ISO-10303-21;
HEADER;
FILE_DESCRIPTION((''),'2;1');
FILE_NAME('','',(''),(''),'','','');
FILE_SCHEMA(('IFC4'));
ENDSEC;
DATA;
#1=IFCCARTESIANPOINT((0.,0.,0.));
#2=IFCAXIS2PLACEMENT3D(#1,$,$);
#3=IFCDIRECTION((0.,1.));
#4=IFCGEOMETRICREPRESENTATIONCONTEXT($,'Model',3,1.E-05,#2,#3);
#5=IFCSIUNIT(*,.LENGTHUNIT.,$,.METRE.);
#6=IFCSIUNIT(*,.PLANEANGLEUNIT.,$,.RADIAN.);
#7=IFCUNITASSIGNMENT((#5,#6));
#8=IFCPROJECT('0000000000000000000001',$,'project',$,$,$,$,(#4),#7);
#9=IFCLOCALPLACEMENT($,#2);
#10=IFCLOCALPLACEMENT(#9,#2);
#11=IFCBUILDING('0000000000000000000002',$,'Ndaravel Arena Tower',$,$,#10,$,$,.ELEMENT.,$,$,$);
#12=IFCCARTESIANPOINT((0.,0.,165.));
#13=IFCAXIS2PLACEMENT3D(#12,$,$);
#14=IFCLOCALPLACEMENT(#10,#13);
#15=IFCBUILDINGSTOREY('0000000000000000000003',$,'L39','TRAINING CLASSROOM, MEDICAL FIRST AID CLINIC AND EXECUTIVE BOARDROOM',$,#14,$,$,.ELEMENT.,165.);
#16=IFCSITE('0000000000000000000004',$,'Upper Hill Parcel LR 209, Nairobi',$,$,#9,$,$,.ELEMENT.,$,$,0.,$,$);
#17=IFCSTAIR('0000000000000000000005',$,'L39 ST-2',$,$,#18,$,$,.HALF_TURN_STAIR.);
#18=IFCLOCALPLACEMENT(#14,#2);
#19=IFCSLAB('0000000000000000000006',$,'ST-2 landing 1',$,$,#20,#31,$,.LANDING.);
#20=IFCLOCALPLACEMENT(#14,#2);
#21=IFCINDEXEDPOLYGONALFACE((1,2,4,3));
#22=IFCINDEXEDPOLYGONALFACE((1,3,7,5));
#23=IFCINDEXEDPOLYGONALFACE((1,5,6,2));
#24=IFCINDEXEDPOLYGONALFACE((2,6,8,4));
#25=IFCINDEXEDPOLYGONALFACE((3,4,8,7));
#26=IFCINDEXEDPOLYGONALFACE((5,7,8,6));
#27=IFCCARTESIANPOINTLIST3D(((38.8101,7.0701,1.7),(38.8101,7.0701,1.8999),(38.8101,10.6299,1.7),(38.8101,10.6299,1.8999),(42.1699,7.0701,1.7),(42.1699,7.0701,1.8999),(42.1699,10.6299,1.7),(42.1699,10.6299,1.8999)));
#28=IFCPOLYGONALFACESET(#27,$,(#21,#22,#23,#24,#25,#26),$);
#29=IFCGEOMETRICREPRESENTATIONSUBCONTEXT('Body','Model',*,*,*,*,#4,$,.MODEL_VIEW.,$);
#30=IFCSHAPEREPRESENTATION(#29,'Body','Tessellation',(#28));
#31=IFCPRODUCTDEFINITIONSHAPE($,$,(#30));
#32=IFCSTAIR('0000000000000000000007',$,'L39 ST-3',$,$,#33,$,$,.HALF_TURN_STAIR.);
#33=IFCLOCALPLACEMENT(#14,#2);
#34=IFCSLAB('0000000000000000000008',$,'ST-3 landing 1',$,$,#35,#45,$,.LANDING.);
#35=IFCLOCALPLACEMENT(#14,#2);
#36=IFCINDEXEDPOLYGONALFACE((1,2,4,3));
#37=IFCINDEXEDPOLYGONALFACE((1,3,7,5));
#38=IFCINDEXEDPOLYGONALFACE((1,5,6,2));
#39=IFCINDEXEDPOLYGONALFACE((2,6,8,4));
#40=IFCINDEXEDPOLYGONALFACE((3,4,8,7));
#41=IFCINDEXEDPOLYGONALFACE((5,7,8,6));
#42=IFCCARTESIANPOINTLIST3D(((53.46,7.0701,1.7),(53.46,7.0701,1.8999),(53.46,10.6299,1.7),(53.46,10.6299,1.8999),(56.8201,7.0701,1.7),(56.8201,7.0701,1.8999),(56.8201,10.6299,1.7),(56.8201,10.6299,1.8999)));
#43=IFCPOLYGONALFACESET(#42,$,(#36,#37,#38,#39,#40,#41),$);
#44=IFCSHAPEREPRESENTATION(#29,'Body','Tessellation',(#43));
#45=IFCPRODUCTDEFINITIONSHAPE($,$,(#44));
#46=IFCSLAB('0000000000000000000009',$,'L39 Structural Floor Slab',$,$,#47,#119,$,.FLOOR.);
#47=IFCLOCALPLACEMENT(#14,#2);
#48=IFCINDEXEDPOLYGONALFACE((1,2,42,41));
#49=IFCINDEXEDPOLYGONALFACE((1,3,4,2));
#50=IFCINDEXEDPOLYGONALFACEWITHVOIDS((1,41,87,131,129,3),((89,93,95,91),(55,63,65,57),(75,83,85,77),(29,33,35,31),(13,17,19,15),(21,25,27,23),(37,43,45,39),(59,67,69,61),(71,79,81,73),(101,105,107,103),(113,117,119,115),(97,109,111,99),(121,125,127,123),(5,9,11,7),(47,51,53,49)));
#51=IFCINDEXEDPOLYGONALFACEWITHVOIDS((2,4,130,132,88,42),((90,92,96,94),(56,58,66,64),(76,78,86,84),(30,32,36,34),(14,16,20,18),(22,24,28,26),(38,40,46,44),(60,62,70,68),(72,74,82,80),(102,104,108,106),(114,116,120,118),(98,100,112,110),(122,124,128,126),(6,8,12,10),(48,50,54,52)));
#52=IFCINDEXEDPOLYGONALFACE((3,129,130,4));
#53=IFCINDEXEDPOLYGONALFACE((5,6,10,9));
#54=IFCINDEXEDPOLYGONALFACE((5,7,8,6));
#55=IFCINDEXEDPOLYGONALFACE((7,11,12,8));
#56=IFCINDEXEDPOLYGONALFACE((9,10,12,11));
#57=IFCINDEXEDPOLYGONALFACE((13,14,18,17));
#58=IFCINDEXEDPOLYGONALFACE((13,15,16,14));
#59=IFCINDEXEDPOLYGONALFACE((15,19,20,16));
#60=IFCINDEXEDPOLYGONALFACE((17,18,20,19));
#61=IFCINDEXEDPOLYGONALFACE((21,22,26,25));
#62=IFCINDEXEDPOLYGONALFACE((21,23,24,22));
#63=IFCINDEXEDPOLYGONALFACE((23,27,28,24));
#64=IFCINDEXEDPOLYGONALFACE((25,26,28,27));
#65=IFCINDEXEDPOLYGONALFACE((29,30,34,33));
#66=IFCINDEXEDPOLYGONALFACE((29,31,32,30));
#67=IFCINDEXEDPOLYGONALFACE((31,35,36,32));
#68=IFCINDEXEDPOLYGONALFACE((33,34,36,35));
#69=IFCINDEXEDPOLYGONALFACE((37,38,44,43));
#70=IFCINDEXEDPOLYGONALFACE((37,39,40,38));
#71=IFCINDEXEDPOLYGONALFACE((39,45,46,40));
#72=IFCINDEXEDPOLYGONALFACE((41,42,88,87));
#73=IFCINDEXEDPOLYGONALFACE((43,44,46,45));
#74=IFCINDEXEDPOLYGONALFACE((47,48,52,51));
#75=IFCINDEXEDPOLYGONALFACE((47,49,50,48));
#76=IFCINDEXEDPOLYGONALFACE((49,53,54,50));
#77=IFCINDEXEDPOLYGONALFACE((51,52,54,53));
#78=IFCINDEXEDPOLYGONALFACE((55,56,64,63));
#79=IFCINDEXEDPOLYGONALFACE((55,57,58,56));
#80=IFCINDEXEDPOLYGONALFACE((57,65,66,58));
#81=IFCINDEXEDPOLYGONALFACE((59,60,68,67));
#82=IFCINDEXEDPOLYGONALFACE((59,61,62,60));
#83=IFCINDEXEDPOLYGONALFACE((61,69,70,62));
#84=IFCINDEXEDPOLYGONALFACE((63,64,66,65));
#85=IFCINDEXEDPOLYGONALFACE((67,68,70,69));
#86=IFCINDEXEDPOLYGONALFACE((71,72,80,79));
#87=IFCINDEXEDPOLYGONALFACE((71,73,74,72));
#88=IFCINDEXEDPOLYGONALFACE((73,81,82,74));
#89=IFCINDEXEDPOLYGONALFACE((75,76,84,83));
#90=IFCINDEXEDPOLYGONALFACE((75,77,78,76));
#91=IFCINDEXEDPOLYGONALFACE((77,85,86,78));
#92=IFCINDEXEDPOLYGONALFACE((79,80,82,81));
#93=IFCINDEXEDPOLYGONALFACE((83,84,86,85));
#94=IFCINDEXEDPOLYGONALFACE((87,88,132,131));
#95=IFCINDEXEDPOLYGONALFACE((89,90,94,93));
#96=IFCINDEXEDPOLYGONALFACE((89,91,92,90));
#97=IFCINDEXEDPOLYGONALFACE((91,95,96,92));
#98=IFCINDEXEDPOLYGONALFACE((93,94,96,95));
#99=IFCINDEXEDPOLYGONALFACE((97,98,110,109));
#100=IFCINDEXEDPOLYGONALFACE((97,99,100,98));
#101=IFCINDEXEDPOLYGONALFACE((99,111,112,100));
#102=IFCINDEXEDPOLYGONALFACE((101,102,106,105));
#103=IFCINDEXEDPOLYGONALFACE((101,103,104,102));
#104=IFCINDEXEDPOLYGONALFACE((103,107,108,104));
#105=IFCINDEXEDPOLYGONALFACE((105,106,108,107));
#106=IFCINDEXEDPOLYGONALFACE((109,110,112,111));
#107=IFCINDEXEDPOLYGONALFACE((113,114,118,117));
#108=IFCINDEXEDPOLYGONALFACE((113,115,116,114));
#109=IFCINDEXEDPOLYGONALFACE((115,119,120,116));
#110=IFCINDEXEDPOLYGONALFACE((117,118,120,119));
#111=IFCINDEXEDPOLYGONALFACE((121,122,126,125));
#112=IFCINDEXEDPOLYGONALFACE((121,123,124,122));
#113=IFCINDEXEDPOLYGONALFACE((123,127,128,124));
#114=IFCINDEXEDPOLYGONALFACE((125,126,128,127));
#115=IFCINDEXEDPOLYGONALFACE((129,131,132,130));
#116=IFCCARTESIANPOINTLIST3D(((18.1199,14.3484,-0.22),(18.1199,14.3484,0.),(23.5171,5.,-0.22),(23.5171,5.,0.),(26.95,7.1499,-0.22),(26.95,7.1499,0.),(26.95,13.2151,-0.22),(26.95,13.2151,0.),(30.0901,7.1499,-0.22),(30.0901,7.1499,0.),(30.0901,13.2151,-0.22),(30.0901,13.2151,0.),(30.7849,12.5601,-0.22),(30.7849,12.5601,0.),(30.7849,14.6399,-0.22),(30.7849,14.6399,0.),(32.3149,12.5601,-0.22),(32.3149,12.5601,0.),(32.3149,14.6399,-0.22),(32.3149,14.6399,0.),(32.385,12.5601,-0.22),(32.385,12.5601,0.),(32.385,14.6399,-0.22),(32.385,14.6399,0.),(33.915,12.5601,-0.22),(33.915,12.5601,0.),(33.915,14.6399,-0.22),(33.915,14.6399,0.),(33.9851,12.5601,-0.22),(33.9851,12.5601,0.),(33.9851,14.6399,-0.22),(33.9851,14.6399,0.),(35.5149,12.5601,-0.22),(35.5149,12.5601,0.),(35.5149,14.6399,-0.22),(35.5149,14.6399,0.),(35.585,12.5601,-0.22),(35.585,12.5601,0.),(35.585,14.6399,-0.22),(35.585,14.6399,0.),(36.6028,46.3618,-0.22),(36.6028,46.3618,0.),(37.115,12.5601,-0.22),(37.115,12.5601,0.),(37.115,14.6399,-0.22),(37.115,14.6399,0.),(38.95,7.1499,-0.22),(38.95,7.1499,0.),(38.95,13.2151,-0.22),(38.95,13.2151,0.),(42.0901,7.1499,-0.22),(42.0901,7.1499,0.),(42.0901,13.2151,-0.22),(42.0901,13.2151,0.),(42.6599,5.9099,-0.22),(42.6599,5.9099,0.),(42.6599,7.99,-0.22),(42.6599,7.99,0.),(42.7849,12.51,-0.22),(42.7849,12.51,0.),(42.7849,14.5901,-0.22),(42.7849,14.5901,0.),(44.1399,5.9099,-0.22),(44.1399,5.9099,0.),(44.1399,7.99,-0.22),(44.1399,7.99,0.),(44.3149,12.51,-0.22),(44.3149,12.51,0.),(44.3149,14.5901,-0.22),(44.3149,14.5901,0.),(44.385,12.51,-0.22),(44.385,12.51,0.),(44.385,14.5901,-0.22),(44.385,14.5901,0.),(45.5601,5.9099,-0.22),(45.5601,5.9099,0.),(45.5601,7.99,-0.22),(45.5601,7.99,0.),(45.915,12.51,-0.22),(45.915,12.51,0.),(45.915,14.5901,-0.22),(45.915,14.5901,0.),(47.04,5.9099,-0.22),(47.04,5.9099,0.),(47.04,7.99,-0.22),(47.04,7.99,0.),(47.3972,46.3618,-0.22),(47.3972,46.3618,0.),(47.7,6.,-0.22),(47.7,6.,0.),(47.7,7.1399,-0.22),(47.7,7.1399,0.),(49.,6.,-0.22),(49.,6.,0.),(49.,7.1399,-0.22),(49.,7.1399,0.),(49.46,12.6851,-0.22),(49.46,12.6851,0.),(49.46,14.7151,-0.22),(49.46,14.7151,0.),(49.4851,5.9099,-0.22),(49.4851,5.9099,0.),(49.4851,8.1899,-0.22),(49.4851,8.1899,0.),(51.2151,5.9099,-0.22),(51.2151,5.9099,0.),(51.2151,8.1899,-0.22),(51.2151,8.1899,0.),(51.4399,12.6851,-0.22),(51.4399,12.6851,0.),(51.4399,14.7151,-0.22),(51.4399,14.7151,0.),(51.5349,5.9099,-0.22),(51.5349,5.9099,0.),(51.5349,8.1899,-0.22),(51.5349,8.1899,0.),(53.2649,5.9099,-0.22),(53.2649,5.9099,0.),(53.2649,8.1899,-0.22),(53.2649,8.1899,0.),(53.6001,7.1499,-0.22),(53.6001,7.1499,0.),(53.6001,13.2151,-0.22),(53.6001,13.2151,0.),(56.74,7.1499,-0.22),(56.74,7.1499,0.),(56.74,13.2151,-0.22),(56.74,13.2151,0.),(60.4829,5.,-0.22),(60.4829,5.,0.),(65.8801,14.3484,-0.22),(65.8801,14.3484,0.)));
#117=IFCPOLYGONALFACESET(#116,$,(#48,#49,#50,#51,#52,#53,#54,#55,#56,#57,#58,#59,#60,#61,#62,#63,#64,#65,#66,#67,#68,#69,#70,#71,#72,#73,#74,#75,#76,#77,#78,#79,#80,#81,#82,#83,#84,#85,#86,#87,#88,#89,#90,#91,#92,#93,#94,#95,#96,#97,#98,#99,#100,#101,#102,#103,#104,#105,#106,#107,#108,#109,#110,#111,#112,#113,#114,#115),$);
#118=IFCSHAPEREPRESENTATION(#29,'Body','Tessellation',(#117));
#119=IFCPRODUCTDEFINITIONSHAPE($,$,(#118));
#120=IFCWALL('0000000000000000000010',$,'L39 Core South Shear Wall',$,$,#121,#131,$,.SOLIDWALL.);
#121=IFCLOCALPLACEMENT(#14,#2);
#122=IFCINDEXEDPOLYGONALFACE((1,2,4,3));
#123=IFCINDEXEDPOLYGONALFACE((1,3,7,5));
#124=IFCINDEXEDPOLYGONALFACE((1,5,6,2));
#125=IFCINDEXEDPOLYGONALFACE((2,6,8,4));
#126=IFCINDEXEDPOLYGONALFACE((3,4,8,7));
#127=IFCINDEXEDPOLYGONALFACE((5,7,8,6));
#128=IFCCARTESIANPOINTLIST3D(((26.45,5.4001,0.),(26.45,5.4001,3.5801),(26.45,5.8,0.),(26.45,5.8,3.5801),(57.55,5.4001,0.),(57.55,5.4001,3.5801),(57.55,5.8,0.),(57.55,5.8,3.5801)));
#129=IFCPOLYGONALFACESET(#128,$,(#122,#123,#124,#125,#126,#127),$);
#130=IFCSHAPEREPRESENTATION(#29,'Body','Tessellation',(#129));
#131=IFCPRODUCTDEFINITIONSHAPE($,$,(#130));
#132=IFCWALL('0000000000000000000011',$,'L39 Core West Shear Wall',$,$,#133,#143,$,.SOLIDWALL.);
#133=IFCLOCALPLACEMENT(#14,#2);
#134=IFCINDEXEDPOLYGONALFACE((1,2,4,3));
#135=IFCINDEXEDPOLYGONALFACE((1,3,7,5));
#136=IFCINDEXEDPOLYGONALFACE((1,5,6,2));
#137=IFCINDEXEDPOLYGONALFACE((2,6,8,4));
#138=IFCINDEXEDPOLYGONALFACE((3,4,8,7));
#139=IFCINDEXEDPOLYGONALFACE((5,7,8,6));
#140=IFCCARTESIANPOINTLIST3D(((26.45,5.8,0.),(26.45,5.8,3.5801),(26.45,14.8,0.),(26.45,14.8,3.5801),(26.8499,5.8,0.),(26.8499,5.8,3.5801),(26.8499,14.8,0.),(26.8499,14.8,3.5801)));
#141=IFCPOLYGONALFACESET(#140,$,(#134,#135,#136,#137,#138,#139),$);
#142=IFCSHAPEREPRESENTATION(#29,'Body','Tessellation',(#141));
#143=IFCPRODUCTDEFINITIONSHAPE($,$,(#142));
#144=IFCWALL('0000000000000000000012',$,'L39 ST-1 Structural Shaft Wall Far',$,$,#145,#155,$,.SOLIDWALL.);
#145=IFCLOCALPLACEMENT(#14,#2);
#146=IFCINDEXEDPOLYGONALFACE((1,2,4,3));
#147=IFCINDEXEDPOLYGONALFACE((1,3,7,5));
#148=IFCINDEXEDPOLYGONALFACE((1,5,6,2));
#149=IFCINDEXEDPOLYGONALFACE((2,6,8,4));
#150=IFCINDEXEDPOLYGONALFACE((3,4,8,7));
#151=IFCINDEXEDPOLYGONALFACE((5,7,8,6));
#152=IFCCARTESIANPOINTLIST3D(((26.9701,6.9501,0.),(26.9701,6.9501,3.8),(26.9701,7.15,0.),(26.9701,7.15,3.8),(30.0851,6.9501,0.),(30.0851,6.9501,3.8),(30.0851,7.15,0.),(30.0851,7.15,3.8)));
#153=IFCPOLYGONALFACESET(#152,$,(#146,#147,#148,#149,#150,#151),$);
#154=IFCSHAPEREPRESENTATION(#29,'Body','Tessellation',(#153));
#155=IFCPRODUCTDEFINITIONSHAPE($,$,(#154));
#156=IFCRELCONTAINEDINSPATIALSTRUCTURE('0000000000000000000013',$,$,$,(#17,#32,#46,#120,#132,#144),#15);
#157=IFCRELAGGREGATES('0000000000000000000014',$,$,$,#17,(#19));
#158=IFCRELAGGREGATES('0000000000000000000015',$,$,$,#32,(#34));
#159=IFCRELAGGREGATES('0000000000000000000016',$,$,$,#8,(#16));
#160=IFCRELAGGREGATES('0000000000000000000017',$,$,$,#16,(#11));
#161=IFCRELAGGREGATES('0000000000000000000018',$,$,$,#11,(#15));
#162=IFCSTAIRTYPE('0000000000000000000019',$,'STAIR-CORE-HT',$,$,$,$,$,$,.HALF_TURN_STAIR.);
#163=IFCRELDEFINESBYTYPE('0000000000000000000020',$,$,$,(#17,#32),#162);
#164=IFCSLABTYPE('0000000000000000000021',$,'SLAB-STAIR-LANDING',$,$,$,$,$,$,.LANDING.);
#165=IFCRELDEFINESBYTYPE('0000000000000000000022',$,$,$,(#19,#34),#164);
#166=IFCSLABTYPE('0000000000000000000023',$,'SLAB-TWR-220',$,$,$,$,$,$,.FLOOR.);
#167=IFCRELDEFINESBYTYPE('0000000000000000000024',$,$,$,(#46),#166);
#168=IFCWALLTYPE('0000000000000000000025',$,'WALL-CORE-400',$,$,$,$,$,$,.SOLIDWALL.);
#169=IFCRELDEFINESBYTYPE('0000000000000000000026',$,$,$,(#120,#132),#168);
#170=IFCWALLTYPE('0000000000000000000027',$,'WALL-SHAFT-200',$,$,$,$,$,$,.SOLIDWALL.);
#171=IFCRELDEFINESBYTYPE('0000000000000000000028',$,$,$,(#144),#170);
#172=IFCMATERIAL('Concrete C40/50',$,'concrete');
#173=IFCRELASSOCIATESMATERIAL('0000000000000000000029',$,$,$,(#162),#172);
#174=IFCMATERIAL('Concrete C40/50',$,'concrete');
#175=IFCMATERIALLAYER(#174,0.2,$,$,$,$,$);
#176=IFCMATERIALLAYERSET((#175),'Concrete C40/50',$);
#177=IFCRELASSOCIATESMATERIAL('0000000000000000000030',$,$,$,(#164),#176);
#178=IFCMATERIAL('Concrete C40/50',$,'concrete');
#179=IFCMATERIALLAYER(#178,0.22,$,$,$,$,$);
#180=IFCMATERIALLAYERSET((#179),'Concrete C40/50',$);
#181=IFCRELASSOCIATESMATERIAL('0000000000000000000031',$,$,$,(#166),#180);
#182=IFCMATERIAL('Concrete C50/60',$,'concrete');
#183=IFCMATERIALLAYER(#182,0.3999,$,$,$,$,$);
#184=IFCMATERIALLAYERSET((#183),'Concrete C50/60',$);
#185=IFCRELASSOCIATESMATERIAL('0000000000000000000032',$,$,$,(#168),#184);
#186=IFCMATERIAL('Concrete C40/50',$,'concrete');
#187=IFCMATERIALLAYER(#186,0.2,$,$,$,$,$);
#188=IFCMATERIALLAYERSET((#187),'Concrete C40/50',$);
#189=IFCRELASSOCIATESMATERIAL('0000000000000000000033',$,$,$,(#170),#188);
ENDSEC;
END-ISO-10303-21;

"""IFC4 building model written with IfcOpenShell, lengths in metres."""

from ifc_helpers import new_model, si_unit, direction, frame, frame_2d, origin, place, context, subcontext, project, spatial, polyline, rectangle, outline, extrude, material, layer, layer_set, type_object, element, aggregate, save


model = new_model("IFC4")

# Units and contexts
model_context = context("Model", 3, precision=1e-05, world=origin(), true_north=direction((0.0, 1.0)))
body_context = subcontext(model_context, "Body", "Model", "MODEL_VIEW")
ifc_project = project(units=[si_unit("LENGTHUNIT", "METRE"), si_unit("PLANEANGLEUNIT", "RADIAN")], contexts=[model_context])

# Site, building, storey
site_placement = place(None, origin())
site = spatial("IfcSite", under=ifc_project, at=site_placement, Name="Upper Hill Parcel LR 209, Nairobi", CompositionType="ELEMENT", RefElevation=0.0)
building_placement = place(site_placement, origin())
building = spatial("IfcBuilding", under=site, at=building_placement, Name="Ndaravel Arena Tower", CompositionType="ELEMENT")
storey_placement = place(building_placement, frame((0.0, 0.0, 165.0)))
storey = spatial("IfcBuildingStorey", under=building, at=storey_placement, Name="L39", Description="TRAINING CLASSROOM, MEDICAL FIRST AID CLINIC AND EXECUTIVE BOARDROOM", CompositionType="ELEMENT", Elevation=165.0)

# Stairs, slabs
ifc_material_1 = material(Name="Concrete C40/50", Category="concrete")
stair_type = type_object("IfcStairType", Name="STAIR-CORE-HT", PredefinedType="HALF_TURN_STAIR", material=ifc_material_1)
ifc_material_2 = material(Name="Concrete C40/50", Category="concrete")
ifc_layer_1 = layer(ifc_material_2, 0.2)
ifc_layer_set_1 = layer_set([ifc_layer_1], Name="Concrete C40/50")
slab_type_1 = type_object("IfcSlabType", Name="SLAB-STAIR-LANDING", PredefinedType="LANDING", material=ifc_layer_set_1)
stair_1_placement = place(storey_placement, origin())
stair_1 = element("IfcStair", 1, at=stair_1_placement, inside=storey, type_object=stair_type, Name="L39 ST-2", PredefinedType="HALF_TURN_STAIR")
slab_1_placement = place(storey_placement, frame((0.0, 0.0, 1.7)))
slab_1 = element("IfcSlab", 2, at=slab_1_placement, type_object=slab_type_1, Name="ST-2 landing 1", PredefinedType="LANDING", context=body_context, shape_type="SweptSolid", body=[
    extrude(outline(polyline([(38.8101, 10.6299), (38.8101, 7.0701), (42.1699, 7.0701), (42.1699, 10.6299), (38.8101, 10.6299)])), origin(), (0.0, 0.0, 1.0), 0.2),
])
aggregate(stair_1, [slab_1])
stair_2_placement = place(storey_placement, origin())
stair_2 = element("IfcStair", 3, at=stair_2_placement, inside=storey, type_object=stair_type, Name="L39 ST-3", PredefinedType="HALF_TURN_STAIR")
slab_2_placement = place(storey_placement, frame((0.0, 0.0, 1.7)))
slab_2 = element("IfcSlab", 4, at=slab_2_placement, type_object=slab_type_1, Name="ST-3 landing 1", PredefinedType="LANDING", context=body_context, shape_type="SweptSolid", body=[
    extrude(outline(polyline([(53.46, 10.6299), (53.46, 7.0701), (56.8201, 7.0701), (56.8201, 10.6299), (53.46, 10.6299)])), origin(), (0.0, 0.0, 1.0), 0.2),
])
aggregate(stair_2, [slab_2])

# Slab
ifc_material_3 = material(Name="Concrete C40/50", Category="concrete")
ifc_layer_2 = layer(ifc_material_3, 0.22)
ifc_layer_set_2 = layer_set([ifc_layer_2], Name="Concrete C40/50")
slab_type_2 = type_object("IfcSlabType", Name="SLAB-TWR-220", PredefinedType="FLOOR", material=ifc_layer_set_2)
slab_3_placement = place(storey_placement, frame((0.0, 0.0, -0.22)))
element("IfcSlab", 5, at=slab_3_placement, inside=storey, type_object=slab_type_2, Name="L39 Structural Floor Slab", PredefinedType="FLOOR", context=body_context, shape_type="SweptSolid", body=[
    extrude(outline(polyline([(18.1199, 14.3484), (23.5171, 5.0), (60.4829, 5.0), (65.8801, 14.3484), (47.3972, 46.3618), (36.6028, 46.3618), (18.1199, 14.3484)]), holes=[polyline([(26.95, 13.2151), (26.95, 7.1499), (30.0901, 7.1499), (30.0901, 13.2151), (26.95, 13.2151)]), polyline([(38.95, 13.2151), (38.95, 7.1499), (42.0901, 7.1499), (42.0901, 13.2151), (38.95, 13.2151)]), polyline([(53.6001, 13.2151), (53.6001, 7.1499), (56.74, 7.1499), (56.74, 13.2151), (53.6001, 13.2151)]), polyline([(30.7849, 12.5601), (32.3149, 12.5601), (32.3149, 14.6399), (30.7849, 14.6399), (30.7849, 12.5601)]), polyline([(32.385, 12.5601), (33.915, 12.5601), (33.915, 14.6399), (32.385, 14.6399), (32.385, 12.5601)]), polyline([(33.9851, 12.5601), (35.5149, 12.5601), (35.5149, 14.6399), (33.9851, 14.6399), (33.9851, 12.5601)]), polyline([(35.585, 12.5601), (37.115, 12.5601), (37.115, 14.6399), (35.585, 14.6399), (35.585, 12.5601)]), polyline([(42.6599, 5.9099), (44.1399, 5.9099), (44.1399, 7.99), (42.6599, 7.99), (42.6599, 5.9099)]), polyline([(45.5601, 5.9099), (47.04, 5.9099), (47.04, 7.99), (45.5601, 7.99), (45.5601, 5.9099)]), polyline([(42.7849, 12.51), (44.3149, 12.51), (44.3149, 14.5901), (42.7849, 14.5901), (42.7849, 12.51)]), polyline([(44.385, 12.51), (45.915, 12.51), (45.915, 14.5901), (44.385, 14.5901), (44.385, 12.51)]), polyline([(49.4851, 5.9099), (51.2151, 5.9099), (51.2151, 8.1899), (49.4851, 8.1899), (49.4851, 5.9099)]), polyline([(51.5349, 5.9099), (53.2649, 5.9099), (53.2649, 8.1899), (51.5349, 8.1899), (51.5349, 5.9099)]), polyline([(49.46, 12.6851), (51.4399, 12.6851), (51.4399, 14.7151), (49.46, 14.7151), (49.46, 12.6851)]), polyline([(47.7, 6.0), (49.0, 6.0), (49.0, 7.1399), (47.7, 7.1399), (47.7, 6.0)])]), origin(), (0.0, 0.0, 1.0), 0.22),
])

# Walls
ifc_material_4 = material(Name="Concrete C50/60", Category="concrete")
ifc_layer_3 = layer(ifc_material_4, 0.3999)
ifc_layer_set_3 = layer_set([ifc_layer_3], Name="Concrete C50/60")
wall_type_1 = type_object("IfcWallType", Name="WALL-CORE-400", PredefinedType="SOLIDWALL", material=ifc_layer_set_3)
wall_1_placement = place(storey_placement, frame((26.45, 5.6001, 0.0), z_axis=(0.0, 0.0, 1.0), x_axis=(1.0, 0.0, 0.0)))
element("IfcWall", 6, at=wall_1_placement, inside=storey, type_object=wall_type_1, Name="L39 Core South Shear Wall", PredefinedType="SOLIDWALL", context=body_context, shape_type="SweptSolid", body=[
    extrude(rectangle(XDim=31.1001, YDim=0.3999, at=frame_2d((15.55, 0.0))), origin(), (0.0, 0.0, 1.0), 3.5801),
])
wall_2_placement = place(storey_placement, frame((26.6499, 5.8, 0.0), z_axis=(0.0, 0.0, 1.0), x_axis=(0.0, 1.0, 0.0)))
element("IfcWall", 7, at=wall_2_placement, inside=storey, type_object=wall_type_1, Name="L39 Core West Shear Wall", PredefinedType="SOLIDWALL", context=body_context, shape_type="SweptSolid", body=[
    extrude(rectangle(XDim=9.0, YDim=0.3999, at=frame_2d((4.5, 0.0))), origin(), (0.0, 0.0, 1.0), 3.5801),
])
ifc_material_5 = material(Name="Concrete C40/50", Category="concrete")
ifc_layer_4 = layer(ifc_material_5, 0.2)
ifc_layer_set_4 = layer_set([ifc_layer_4], Name="Concrete C40/50")
wall_type_2 = type_object("IfcWallType", Name="WALL-SHAFT-200", PredefinedType="SOLIDWALL", material=ifc_layer_set_4)
wall_3_placement = place(storey_placement, frame((26.97, 7.05, 0.0), z_axis=(0.0, 0.0, 1.0), x_axis=(1.0, 0.0, 0.0)))
element("IfcWall", 8, at=wall_3_placement, inside=storey, type_object=wall_type_2, Name="L39 ST-1 Structural Shaft Wall Far", PredefinedType="SOLIDWALL", context=body_context, shape_type="SweptSolid", body=[
    extrude(rectangle(XDim=3.115, YDim=0.2, at=frame_2d((1.5576, 0.0))), origin(), (0.0, 0.0, 1.0), 3.8),
])

save(model, "model.ifc")
